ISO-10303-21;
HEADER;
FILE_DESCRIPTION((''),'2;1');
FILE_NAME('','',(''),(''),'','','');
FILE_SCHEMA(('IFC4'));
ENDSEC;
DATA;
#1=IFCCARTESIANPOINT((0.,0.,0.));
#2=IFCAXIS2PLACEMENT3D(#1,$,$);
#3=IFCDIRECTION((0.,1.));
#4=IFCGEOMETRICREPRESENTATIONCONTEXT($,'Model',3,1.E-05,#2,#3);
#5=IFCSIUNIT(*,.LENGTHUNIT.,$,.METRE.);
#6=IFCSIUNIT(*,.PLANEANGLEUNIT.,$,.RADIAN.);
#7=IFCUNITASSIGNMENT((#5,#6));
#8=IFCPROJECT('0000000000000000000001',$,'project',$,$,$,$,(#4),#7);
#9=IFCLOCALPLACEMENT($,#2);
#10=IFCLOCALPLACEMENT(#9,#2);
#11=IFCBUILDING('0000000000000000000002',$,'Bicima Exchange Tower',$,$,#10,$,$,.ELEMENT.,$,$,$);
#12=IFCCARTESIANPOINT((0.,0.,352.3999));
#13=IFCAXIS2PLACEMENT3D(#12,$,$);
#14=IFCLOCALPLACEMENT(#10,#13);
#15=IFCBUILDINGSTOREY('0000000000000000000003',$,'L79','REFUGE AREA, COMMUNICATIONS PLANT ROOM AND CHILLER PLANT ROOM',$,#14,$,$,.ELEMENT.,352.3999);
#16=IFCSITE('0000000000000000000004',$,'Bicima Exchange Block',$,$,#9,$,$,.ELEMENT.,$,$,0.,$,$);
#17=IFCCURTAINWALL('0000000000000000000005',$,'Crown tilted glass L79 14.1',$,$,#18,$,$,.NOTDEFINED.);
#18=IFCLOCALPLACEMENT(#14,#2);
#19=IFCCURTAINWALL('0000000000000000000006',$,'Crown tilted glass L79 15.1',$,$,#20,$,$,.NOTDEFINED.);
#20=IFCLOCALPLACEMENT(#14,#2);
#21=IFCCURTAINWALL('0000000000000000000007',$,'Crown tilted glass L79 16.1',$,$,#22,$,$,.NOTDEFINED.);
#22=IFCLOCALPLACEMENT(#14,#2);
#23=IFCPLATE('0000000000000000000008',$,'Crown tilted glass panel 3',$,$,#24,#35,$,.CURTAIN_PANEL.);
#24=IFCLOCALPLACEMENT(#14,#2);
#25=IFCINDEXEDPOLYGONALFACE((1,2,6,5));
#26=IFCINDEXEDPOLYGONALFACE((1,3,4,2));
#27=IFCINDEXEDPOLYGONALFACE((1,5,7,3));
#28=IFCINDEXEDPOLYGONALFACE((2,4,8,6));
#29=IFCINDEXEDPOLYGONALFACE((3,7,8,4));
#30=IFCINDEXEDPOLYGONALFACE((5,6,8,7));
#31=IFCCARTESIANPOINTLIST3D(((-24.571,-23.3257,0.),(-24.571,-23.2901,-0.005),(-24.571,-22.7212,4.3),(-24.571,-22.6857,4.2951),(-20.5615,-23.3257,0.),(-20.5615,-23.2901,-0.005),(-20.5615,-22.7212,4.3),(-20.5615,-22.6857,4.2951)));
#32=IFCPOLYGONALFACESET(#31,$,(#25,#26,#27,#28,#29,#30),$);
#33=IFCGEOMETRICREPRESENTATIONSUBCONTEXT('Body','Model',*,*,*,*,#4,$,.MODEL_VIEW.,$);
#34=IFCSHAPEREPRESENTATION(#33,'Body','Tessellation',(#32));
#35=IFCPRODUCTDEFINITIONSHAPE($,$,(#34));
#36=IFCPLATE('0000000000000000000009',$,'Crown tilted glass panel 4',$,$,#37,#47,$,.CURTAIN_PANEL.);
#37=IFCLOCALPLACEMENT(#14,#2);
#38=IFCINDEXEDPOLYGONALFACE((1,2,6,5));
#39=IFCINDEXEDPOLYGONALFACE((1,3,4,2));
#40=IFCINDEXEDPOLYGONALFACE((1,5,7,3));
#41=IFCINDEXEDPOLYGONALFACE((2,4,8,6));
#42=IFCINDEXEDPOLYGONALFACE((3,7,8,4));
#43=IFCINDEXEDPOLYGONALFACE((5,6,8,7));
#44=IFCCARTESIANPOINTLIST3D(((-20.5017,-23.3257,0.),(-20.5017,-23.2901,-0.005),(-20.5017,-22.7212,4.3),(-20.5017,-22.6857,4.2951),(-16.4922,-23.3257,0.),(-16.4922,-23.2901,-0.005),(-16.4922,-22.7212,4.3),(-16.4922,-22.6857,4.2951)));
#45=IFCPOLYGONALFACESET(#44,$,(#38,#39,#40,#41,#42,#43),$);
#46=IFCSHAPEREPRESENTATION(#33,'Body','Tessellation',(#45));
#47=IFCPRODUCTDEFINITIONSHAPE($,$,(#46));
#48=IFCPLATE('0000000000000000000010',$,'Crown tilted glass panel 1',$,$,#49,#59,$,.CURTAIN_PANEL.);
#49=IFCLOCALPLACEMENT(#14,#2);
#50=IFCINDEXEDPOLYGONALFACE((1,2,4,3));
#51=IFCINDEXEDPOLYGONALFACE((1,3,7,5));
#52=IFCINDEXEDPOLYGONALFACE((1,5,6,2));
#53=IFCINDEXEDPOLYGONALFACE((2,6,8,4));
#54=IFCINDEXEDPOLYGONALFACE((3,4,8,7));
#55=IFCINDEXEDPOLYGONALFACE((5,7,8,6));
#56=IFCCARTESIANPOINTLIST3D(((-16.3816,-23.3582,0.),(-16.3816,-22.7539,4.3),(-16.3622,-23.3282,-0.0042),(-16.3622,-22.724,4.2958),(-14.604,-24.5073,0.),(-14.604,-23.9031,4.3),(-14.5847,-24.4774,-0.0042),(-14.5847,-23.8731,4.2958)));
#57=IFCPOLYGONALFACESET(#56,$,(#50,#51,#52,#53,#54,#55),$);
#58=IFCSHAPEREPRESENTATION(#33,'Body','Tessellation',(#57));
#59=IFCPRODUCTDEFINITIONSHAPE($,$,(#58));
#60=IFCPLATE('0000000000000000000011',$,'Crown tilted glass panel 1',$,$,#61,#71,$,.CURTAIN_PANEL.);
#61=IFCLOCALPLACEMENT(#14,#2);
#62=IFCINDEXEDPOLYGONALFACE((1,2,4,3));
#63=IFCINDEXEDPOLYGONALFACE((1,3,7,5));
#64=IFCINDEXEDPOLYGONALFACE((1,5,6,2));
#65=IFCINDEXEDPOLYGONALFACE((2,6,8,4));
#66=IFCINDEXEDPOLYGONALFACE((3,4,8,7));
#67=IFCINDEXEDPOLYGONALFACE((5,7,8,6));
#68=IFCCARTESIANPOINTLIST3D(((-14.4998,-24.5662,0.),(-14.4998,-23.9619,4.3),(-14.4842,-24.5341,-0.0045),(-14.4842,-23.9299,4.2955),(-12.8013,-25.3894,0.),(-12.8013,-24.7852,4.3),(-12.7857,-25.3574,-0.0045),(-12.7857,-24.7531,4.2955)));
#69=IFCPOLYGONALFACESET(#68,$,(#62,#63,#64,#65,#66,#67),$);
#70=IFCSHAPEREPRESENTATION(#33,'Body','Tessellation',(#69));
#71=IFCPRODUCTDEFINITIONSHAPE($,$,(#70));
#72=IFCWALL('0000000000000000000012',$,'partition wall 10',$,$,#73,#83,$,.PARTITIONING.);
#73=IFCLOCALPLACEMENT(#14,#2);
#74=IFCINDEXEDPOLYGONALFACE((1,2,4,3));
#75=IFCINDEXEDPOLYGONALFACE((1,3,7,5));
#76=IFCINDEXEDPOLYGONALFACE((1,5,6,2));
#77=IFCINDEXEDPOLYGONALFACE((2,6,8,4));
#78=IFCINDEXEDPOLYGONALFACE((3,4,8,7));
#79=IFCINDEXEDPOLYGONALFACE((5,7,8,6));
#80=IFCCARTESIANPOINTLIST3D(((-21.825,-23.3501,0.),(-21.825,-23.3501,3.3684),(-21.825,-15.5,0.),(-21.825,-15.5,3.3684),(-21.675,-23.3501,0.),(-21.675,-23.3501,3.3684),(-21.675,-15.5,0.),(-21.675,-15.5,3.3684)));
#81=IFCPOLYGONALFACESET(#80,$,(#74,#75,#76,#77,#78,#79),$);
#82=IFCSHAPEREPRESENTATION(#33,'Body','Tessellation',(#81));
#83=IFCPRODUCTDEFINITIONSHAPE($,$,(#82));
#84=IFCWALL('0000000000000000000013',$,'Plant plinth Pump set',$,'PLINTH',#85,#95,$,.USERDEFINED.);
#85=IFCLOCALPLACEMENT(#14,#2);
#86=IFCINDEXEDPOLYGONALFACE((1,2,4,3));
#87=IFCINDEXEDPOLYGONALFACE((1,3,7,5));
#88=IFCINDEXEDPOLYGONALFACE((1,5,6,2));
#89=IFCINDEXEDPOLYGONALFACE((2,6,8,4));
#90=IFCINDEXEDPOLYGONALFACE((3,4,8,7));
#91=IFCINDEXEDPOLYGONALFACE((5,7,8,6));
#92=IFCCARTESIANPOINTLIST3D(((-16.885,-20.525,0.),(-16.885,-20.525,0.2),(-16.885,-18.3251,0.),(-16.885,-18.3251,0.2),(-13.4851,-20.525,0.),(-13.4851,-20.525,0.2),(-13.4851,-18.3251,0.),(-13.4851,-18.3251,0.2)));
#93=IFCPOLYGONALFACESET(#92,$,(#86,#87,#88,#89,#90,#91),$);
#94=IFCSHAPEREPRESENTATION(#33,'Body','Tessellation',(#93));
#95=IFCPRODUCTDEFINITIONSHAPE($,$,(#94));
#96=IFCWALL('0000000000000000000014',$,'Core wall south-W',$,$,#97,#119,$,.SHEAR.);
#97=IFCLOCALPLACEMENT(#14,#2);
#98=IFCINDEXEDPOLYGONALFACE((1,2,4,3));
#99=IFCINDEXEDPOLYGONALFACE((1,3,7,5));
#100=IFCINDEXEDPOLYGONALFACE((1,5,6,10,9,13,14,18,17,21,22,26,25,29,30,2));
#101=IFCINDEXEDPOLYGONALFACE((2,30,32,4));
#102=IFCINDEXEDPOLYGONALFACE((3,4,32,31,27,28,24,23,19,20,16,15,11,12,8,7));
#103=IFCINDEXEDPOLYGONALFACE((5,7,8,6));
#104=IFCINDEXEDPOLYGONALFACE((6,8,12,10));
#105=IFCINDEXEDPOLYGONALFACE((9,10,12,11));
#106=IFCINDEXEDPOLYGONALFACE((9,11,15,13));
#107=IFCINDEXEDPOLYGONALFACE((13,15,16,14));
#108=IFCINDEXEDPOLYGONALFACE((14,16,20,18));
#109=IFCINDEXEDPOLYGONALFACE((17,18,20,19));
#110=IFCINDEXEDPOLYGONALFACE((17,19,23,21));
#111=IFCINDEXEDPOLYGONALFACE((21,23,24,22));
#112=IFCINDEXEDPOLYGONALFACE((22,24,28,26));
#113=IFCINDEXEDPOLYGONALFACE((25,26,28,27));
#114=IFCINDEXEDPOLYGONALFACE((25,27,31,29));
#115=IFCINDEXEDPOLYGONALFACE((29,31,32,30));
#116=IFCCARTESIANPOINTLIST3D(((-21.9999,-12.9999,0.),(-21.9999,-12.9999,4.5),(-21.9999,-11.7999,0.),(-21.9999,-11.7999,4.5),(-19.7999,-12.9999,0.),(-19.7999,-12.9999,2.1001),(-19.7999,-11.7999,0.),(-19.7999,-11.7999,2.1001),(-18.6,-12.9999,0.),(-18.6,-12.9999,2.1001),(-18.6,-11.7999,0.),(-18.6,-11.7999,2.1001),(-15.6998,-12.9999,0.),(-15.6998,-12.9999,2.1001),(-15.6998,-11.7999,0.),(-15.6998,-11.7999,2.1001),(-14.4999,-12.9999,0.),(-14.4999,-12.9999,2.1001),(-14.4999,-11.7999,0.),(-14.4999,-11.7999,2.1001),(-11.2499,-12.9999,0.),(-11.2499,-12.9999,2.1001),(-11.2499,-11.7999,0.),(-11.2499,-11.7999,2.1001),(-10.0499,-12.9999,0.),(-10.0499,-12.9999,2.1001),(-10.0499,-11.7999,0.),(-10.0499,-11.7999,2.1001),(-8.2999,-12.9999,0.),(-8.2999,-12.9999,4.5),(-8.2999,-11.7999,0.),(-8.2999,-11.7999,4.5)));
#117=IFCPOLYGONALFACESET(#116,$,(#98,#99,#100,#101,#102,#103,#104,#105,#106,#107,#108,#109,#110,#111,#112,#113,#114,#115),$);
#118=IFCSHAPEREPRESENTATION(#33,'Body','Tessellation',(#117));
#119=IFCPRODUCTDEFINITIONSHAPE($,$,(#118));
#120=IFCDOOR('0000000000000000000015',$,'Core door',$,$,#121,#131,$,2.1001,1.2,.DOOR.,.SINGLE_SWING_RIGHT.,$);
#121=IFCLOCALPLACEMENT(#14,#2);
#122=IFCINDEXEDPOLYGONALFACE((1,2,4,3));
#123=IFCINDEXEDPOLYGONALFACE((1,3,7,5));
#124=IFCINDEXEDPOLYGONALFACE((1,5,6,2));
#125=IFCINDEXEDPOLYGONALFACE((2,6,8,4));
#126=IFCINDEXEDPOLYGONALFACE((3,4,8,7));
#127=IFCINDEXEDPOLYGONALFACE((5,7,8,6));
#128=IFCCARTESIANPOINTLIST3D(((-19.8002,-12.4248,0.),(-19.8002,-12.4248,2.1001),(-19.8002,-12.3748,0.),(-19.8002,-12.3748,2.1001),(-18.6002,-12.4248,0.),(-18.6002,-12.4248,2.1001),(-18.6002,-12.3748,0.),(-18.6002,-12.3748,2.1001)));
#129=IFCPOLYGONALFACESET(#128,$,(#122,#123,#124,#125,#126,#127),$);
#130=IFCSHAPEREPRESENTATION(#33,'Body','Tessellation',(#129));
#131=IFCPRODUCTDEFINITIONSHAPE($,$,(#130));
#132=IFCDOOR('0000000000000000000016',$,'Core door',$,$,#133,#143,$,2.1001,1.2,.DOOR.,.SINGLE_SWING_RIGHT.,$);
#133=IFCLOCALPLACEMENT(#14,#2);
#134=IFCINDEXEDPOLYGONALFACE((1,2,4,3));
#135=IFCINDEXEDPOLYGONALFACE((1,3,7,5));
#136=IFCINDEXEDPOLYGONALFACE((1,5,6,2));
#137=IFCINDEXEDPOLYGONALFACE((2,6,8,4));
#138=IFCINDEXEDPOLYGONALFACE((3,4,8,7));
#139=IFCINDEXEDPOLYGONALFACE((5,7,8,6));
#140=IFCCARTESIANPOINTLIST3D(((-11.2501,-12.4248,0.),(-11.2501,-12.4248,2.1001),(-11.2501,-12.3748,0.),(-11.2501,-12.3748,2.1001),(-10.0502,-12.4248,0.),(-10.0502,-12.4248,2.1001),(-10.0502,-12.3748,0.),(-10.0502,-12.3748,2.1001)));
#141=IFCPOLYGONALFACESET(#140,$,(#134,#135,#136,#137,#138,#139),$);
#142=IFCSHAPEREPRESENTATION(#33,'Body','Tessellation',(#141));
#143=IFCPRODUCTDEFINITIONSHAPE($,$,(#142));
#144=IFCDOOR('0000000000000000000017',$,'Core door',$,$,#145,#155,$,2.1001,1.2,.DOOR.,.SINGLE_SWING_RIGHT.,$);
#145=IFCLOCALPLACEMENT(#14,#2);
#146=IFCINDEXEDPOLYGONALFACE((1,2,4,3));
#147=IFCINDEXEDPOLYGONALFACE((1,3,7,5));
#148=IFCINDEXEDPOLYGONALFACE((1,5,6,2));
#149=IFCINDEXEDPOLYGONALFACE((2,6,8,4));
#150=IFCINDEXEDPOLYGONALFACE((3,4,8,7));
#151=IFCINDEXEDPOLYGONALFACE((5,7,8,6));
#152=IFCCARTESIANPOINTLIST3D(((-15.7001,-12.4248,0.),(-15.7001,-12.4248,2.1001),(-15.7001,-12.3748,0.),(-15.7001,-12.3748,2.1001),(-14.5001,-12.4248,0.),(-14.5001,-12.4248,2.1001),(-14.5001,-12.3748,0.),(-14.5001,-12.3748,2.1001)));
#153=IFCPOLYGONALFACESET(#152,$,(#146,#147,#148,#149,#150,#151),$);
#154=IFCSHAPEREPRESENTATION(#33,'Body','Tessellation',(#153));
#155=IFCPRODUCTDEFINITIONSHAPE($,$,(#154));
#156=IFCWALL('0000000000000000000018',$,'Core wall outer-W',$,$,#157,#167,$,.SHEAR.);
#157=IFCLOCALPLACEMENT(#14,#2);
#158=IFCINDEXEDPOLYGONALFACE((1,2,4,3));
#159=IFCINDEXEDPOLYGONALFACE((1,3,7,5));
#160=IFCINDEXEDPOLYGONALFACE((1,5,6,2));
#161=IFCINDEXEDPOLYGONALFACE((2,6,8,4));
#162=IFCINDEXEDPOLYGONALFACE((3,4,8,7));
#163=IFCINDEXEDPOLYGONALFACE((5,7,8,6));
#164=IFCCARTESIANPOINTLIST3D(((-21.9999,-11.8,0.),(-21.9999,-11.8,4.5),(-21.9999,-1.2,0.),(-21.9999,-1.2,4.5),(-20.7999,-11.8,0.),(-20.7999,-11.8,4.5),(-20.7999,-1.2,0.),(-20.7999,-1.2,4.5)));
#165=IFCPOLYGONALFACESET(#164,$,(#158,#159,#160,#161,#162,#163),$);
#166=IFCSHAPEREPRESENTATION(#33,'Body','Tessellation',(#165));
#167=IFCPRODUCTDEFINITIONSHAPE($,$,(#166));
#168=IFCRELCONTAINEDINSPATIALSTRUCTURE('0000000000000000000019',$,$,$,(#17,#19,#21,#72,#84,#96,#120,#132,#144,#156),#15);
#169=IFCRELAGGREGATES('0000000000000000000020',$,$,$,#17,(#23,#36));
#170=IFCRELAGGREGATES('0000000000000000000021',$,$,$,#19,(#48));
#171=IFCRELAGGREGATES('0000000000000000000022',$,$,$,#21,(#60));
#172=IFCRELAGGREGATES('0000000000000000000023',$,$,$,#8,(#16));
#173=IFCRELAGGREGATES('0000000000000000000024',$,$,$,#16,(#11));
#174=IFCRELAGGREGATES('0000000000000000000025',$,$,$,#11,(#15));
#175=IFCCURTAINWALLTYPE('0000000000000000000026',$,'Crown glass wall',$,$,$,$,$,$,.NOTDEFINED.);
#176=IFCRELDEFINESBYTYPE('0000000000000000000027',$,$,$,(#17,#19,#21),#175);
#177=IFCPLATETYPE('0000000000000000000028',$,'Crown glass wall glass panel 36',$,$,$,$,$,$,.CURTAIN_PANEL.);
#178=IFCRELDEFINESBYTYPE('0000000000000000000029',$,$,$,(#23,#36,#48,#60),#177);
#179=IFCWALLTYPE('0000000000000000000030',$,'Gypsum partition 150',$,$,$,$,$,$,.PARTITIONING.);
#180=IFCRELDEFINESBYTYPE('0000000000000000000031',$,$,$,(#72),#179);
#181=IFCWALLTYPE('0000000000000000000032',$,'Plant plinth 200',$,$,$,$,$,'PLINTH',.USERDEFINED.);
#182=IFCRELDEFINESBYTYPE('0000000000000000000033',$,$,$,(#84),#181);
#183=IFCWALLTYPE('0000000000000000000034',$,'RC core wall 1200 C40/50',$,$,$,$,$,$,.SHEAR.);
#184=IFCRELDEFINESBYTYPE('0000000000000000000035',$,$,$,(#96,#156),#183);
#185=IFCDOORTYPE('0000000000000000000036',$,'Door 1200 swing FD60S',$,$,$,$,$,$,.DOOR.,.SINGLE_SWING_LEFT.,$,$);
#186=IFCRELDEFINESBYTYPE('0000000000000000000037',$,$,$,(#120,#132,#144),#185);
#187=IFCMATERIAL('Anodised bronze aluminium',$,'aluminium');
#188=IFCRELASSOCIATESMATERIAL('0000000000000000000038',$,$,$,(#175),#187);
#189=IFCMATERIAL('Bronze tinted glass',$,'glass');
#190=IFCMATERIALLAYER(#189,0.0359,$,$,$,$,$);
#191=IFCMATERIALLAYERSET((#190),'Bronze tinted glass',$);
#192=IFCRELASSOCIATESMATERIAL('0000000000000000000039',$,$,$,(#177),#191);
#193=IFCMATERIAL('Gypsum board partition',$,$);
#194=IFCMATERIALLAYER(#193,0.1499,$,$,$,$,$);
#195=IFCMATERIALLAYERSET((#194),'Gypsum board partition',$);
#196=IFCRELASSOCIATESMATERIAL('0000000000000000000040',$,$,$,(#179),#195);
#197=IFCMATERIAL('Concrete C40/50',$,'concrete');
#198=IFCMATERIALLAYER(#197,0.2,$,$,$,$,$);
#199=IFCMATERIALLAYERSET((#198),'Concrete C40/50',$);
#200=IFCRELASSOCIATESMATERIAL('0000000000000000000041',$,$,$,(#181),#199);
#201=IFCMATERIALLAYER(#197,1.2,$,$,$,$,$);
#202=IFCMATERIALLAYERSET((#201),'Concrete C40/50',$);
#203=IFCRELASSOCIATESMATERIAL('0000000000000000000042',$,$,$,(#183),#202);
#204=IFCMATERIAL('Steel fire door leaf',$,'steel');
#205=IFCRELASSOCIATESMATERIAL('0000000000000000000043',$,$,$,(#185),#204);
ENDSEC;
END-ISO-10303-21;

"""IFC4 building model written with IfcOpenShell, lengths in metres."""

from ifc_helpers import new_model, si_unit, direction, frame, frame_2d, origin, origin_2d, place, context, subcontext, project, spatial, polyline, rectangle, outline, extrude, material, layer, layer_set, type_object, element, fill, aggregate, save


model = new_model("IFC4")

# Units and contexts
model_context = context("Model", 3, precision=1e-05, world=origin(), true_north=direction((0.0, 1.0)))
body_context = subcontext(model_context, "Body", "Model", "MODEL_VIEW")
ifc_project = project(units=[si_unit("LENGTHUNIT", "METRE"), si_unit("PLANEANGLEUNIT", "RADIAN")], contexts=[model_context])

# Site, building, storey
site_placement = place(None, origin())
site = spatial("IfcSite", under=ifc_project, at=site_placement, Name="Bicima Exchange Block", CompositionType="ELEMENT", RefElevation=0.0)
building_placement = place(site_placement, origin())
building = spatial("IfcBuilding", under=site, at=building_placement, Name="Bicima Exchange Tower", CompositionType="ELEMENT")
storey_placement = place(building_placement, frame((0.0, 0.0, 352.3999)))
storey = spatial("IfcBuildingStorey", under=building, at=storey_placement, Name="L79", Description="REFUGE AREA, COMMUNICATIONS PLANT ROOM AND CHILLER PLANT ROOM", CompositionType="ELEMENT", Elevation=352.3999)

# Curtain walls
ifc_material_1 = material(Name="Anodised bronze aluminium", Category="aluminium")
curtain_wall_type = type_object("IfcCurtainWallType", Name="Crown glass wall", PredefinedType="NOTDEFINED", material=ifc_material_1)
curtain_wall_1_placement = place(storey_placement, origin())
curtain_wall_1 = element("IfcCurtainWall", 1, at=curtain_wall_1_placement, inside=storey, type_object=curtain_wall_type, Name="Crown tilted glass L79 14.1", PredefinedType="NOTDEFINED")
curtain_wall_2_placement = place(storey_placement, origin())
curtain_wall_2 = element("IfcCurtainWall", 2, at=curtain_wall_2_placement, inside=storey, type_object=curtain_wall_type, Name="Crown tilted glass L79 15.1", PredefinedType="NOTDEFINED")

# Curtain wall
curtain_wall_3_placement = place(storey_placement, origin())
curtain_wall_3 = element("IfcCurtainWall", 3, at=curtain_wall_3_placement, inside=storey, type_object=curtain_wall_type, Name="Crown tilted glass L79 16.1", PredefinedType="NOTDEFINED")

# Plates
ifc_material_2 = material(Name="Bronze tinted glass", Category="glass")
ifc_layer_1 = layer(ifc_material_2, 0.0359)
ifc_layer_set_1 = layer_set([ifc_layer_1], Name="Bronze tinted glass")
plate_type = type_object("IfcPlateType", Name="Crown glass wall glass panel 36", PredefinedType="CURTAIN_PANEL", material=ifc_layer_set_1)
plate_1_placement = place(storey_placement, frame((-24.571, -23.3257, 0.0), z_axis=(0.0, -0.990263, 0.139209), x_axis=(1.0, 0.0, 0.0)))
plate_1 = element("IfcPlate", 4, at=plate_1_placement, type_object=plate_type, Name="Crown tilted glass panel 3", PredefinedType="CURTAIN_PANEL", context=body_context, shape_type="SweptSolid", body=[
    extrude(outline(polyline([(0.0, 0.0), (4.0095, 0.0), (4.0095, 4.3423), (0.0, 4.3423), (0.0, 0.0)])), origin(), (0.0, 0.0, -1.0), 0.0359),
])
plate_2_placement = place(storey_placement, frame((-20.5017, -23.3257, 0.0), z_axis=(0.0, -0.990263, 0.139209), x_axis=(1.0, 0.0, 0.0)))
plate_2 = element("IfcPlate", 5, at=plate_2_placement, type_object=plate_type, Name="Crown tilted glass panel 4", PredefinedType="CURTAIN_PANEL", context=body_context, shape_type="SweptSolid", body=[
    extrude(outline(polyline([(0.0, 0.0), (4.0095, 0.0), (4.0095, 4.3423), (0.0, 4.3423), (0.0, 0.0)])), origin(), (0.0, 0.0, -1.0), 0.0359),
])
aggregate(curtain_wall_1, [plate_1, plate_2])
plate_3_placement = place(storey_placement, frame((-16.3816, -23.3582, 0.0), z_axis=(-0.539166, -0.834006, 0.117195), x_axis=(0.839793, -0.542907, 0.0)))
plate_3 = element("IfcPlate", 6, at=plate_3_placement, type_object=plate_type, Name="Crown tilted glass panel 1", PredefinedType="CURTAIN_PANEL", context=body_context, shape_type="SweptSolid", body=[
    extrude(outline(polyline([(0.0, 0.0), (2.1167, 0.0), (1.7886, 4.3299), (-0.3281, 4.3299), (0.0, 0.0)])), origin(), (0.0, 0.0, -1.0), 0.0359),
])
aggregate(curtain_wall_2, [plate_3])
plate_4_placement = place(storey_placement, frame((-14.4998, -24.5662, 0.0), z_axis=(-0.432713, -0.89276, 0.125452), x_axis=(0.899869, -0.436159, 0.0)))
plate_4 = element("IfcPlate", 7, at=plate_4_placement, type_object=plate_type, Name="Crown tilted glass panel 1", PredefinedType="CURTAIN_PANEL", context=body_context, shape_type="SweptSolid", body=[
    extrude(outline(polyline([(0.0, 0.0), (1.8875, 0.0), (1.6239, 4.3343), (-0.2635, 4.3343), (0.0, 0.0)])), origin(), (0.0, 0.0, -1.0), 0.0359),
])
aggregate(curtain_wall_3, [plate_4])

# Walls
ifc_material_3 = material(Name="Gypsum board partition")
ifc_layer_2 = layer(ifc_material_3, 0.1499)
ifc_layer_set_2 = layer_set([ifc_layer_2], Name="Gypsum board partition")
wall_type_1 = type_object("IfcWallType", Name="Gypsum partition 150", PredefinedType="PARTITIONING", material=ifc_layer_set_2)
wall_1_placement = place(storey_placement, frame((-21.75, -23.3501, 0.0), z_axis=(0.0, 0.0, 1.0), x_axis=(0.0, 1.0, 0.0)))
element("IfcWall", 8, at=wall_1_placement, inside=storey, type_object=wall_type_1, Name="partition wall 10", PredefinedType="PARTITIONING", context=body_context, shape_type="SweptSolid", body=[
    extrude(rectangle(XDim=7.8501, YDim=0.1499, at=frame_2d((3.925, 0.0))), origin(), (0.0, 0.0, 1.0), 3.3684),
])
ifc_material_4 = material(Name="Concrete C40/50", Category="concrete")
ifc_layer_3 = layer(ifc_material_4, 0.2)
ifc_layer_set_3 = layer_set([ifc_layer_3], Name="Concrete C40/50")
wall_type_2 = type_object("IfcWallType", Name="Plant plinth 200", ElementType="PLINTH", PredefinedType="USERDEFINED", material=ifc_layer_set_3)
wall_2_placement = place(storey_placement, frame((-15.1851, -19.425, 0.0), z_axis=(0.0, 0.0, 1.0), x_axis=(1.0, 0.0, 0.0)))
element("IfcWall", 9, at=wall_2_placement, inside=storey, type_object=wall_type_2, Name="Plant plinth Pump set", ObjectType="PLINTH", PredefinedType="USERDEFINED", context=body_context, shape_type="SweptSolid", body=[
    extrude(rectangle(XDim=3.3999, YDim=2.2, at=origin_2d()), origin(), (0.0, 0.0, 1.0), 0.2),
])

# Wall, openings, doors
ifc_layer_4 = layer(ifc_material_4, 1.2)
ifc_layer_set_4 = layer_set([ifc_layer_4], Name="Concrete C40/50")
wall_type_3 = type_object("IfcWallType", Name="RC core wall 1200 C40/50", PredefinedType="SHEAR", material=ifc_layer_set_4)
wall_3_placement = place(storey_placement, frame((-22.0, -12.3999, 0.0), z_axis=(0.0, 0.0, 1.0), x_axis=(1.0, 0.0, 0.0)))
wall_3 = element("IfcWall", 10, at=wall_3_placement, inside=storey, type_object=wall_type_3, Name="Core wall south-W", PredefinedType="SHEAR", context=body_context, shape_type="SweptSolid", body=[
    extrude(rectangle(XDim=13.7, YDim=1.2, at=frame_2d((6.8501, 0.0))), origin(), (0.0, 0.0, 1.0), 4.5),
])
opening_1_placement = place(wall_3_placement, frame((2.2, 0.0, 0.0)))
opening_1 = element("IfcOpeningElement", 11, at=opening_1_placement, cuts=wall_3, PredefinedType="OPENING", context=body_context, shape_type="SweptSolid", body=[
    extrude(rectangle(XDim=1.2, YDim=2.1001, at=frame_2d((0.6001, 1.05))), frame((0.0, 0.6118, 0.0), z_axis=(0.0, -1.0, 0.0), x_axis=(1.0, 0.0, 0.0)), (0.0, 0.0, 1.0), 1.2239),
])
opening_2_placement = place(wall_3_placement, frame((10.75, 0.0, 0.0)))
opening_2 = element("IfcOpeningElement", 12, at=opening_2_placement, cuts=wall_3, PredefinedType="OPENING", context=body_context, shape_type="SweptSolid", body=[
    extrude(rectangle(XDim=1.2, YDim=2.1001, at=frame_2d((0.6001, 1.05))), frame((0.0, 0.6118, 0.0), z_axis=(0.0, -1.0, 0.0), x_axis=(1.0, 0.0, 0.0)), (0.0, 0.0, 1.0), 1.2239),
])
opening_3_placement = place(wall_3_placement, frame((6.3, 0.0, 0.0)))
opening_3 = element("IfcOpeningElement", 13, at=opening_3_placement, cuts=wall_3, PredefinedType="OPENING", context=body_context, shape_type="SweptSolid", body=[
    extrude(rectangle(XDim=1.2, YDim=2.1001, at=frame_2d((0.6001, 1.05))), frame((0.0, 0.6118, 0.0), z_axis=(0.0, -1.0, 0.0), x_axis=(1.0, 0.0, 0.0)), (0.0, 0.0, 1.0), 1.2239),
])
ifc_material_5 = material(Name="Steel fire door leaf", Category="steel")
door_type_1 = type_object("IfcDoorType", Name="Door 1200 swing FD60S", OperationType="SINGLE_SWING_LEFT", PredefinedType="DOOR", material=ifc_material_5)
door_1_placement = place(opening_1_placement, frame((1.2, 0.0, 0.0), z_axis=(0.0, 0.0, 1.0), x_axis=(-1.0, 0.0, 0.0)))
door_1 = element("IfcDoor", 14, at=door_1_placement, inside=storey, type_object=door_type_1, Name="Core door", OperationType="SINGLE_SWING_RIGHT", OverallHeight=2.1001, OverallWidth=1.2, PredefinedType="DOOR", context=body_context, shape_type="SweptSolid", body=[
    extrude(rectangle(XDim=1.2, YDim=2.1001, at=frame_2d((0.6001, 1.05))), frame((0.0, 0.0249, 0.0), z_axis=(0.0, -1.0, 0.0), x_axis=(1.0, 0.0, 0.0)), (0.0, 0.0, 1.0), 0.05),
])
fill(opening_1, door_1)
door_2_placement = place(opening_2_placement, frame((1.2, 0.0, 0.0), z_axis=(0.0, 0.0, 1.0), x_axis=(-1.0, 0.0, 0.0)))
door_2 = element("IfcDoor", 15, at=door_2_placement, inside=storey, type_object=door_type_1, Name="Core door", OperationType="SINGLE_SWING_RIGHT", OverallHeight=2.1001, OverallWidth=1.2, PredefinedType="DOOR", context=body_context, shape_type="SweptSolid", body=[
    extrude(rectangle(XDim=1.2, YDim=2.1001, at=frame_2d((0.6001, 1.05))), frame((0.0, 0.0249, 0.0), z_axis=(0.0, -1.0, 0.0), x_axis=(1.0, 0.0, 0.0)), (0.0, 0.0, 1.0), 0.05),
])
fill(opening_2, door_2)
door_3_placement = place(opening_3_placement, frame((1.2, 0.0, 0.0), z_axis=(0.0, 0.0, 1.0), x_axis=(-1.0, 0.0, 0.0)))
door_3 = element("IfcDoor", 16, at=door_3_placement, inside=storey, type_object=door_type_1, Name="Core door", OperationType="SINGLE_SWING_RIGHT", OverallHeight=2.1001, OverallWidth=1.2, PredefinedType="DOOR", context=body_context, shape_type="SweptSolid", body=[
    extrude(rectangle(XDim=1.2, YDim=2.1001, at=frame_2d((0.6001, 1.05))), frame((0.0, 0.0249, 0.0), z_axis=(0.0, -1.0, 0.0), x_axis=(1.0, 0.0, 0.0)), (0.0, 0.0, 1.0), 0.05),
])
fill(opening_3, door_3)

# Wall
wall_4_placement = place(storey_placement, frame((-21.3999, -11.8, 0.0), z_axis=(0.0, 0.0, 1.0), x_axis=(0.0, 1.0, 0.0)))
element("IfcWall", 17, at=wall_4_placement, inside=storey, type_object=wall_type_3, Name="Core wall outer-W", PredefinedType="SHEAR", context=body_context, shape_type="SweptSolid", body=[
    extrude(rectangle(XDim=10.6001, YDim=1.2, at=frame_2d((5.3, 0.0))), origin(), (0.0, 0.0, 1.0), 4.5),
])

save(model, "model.ifc")
